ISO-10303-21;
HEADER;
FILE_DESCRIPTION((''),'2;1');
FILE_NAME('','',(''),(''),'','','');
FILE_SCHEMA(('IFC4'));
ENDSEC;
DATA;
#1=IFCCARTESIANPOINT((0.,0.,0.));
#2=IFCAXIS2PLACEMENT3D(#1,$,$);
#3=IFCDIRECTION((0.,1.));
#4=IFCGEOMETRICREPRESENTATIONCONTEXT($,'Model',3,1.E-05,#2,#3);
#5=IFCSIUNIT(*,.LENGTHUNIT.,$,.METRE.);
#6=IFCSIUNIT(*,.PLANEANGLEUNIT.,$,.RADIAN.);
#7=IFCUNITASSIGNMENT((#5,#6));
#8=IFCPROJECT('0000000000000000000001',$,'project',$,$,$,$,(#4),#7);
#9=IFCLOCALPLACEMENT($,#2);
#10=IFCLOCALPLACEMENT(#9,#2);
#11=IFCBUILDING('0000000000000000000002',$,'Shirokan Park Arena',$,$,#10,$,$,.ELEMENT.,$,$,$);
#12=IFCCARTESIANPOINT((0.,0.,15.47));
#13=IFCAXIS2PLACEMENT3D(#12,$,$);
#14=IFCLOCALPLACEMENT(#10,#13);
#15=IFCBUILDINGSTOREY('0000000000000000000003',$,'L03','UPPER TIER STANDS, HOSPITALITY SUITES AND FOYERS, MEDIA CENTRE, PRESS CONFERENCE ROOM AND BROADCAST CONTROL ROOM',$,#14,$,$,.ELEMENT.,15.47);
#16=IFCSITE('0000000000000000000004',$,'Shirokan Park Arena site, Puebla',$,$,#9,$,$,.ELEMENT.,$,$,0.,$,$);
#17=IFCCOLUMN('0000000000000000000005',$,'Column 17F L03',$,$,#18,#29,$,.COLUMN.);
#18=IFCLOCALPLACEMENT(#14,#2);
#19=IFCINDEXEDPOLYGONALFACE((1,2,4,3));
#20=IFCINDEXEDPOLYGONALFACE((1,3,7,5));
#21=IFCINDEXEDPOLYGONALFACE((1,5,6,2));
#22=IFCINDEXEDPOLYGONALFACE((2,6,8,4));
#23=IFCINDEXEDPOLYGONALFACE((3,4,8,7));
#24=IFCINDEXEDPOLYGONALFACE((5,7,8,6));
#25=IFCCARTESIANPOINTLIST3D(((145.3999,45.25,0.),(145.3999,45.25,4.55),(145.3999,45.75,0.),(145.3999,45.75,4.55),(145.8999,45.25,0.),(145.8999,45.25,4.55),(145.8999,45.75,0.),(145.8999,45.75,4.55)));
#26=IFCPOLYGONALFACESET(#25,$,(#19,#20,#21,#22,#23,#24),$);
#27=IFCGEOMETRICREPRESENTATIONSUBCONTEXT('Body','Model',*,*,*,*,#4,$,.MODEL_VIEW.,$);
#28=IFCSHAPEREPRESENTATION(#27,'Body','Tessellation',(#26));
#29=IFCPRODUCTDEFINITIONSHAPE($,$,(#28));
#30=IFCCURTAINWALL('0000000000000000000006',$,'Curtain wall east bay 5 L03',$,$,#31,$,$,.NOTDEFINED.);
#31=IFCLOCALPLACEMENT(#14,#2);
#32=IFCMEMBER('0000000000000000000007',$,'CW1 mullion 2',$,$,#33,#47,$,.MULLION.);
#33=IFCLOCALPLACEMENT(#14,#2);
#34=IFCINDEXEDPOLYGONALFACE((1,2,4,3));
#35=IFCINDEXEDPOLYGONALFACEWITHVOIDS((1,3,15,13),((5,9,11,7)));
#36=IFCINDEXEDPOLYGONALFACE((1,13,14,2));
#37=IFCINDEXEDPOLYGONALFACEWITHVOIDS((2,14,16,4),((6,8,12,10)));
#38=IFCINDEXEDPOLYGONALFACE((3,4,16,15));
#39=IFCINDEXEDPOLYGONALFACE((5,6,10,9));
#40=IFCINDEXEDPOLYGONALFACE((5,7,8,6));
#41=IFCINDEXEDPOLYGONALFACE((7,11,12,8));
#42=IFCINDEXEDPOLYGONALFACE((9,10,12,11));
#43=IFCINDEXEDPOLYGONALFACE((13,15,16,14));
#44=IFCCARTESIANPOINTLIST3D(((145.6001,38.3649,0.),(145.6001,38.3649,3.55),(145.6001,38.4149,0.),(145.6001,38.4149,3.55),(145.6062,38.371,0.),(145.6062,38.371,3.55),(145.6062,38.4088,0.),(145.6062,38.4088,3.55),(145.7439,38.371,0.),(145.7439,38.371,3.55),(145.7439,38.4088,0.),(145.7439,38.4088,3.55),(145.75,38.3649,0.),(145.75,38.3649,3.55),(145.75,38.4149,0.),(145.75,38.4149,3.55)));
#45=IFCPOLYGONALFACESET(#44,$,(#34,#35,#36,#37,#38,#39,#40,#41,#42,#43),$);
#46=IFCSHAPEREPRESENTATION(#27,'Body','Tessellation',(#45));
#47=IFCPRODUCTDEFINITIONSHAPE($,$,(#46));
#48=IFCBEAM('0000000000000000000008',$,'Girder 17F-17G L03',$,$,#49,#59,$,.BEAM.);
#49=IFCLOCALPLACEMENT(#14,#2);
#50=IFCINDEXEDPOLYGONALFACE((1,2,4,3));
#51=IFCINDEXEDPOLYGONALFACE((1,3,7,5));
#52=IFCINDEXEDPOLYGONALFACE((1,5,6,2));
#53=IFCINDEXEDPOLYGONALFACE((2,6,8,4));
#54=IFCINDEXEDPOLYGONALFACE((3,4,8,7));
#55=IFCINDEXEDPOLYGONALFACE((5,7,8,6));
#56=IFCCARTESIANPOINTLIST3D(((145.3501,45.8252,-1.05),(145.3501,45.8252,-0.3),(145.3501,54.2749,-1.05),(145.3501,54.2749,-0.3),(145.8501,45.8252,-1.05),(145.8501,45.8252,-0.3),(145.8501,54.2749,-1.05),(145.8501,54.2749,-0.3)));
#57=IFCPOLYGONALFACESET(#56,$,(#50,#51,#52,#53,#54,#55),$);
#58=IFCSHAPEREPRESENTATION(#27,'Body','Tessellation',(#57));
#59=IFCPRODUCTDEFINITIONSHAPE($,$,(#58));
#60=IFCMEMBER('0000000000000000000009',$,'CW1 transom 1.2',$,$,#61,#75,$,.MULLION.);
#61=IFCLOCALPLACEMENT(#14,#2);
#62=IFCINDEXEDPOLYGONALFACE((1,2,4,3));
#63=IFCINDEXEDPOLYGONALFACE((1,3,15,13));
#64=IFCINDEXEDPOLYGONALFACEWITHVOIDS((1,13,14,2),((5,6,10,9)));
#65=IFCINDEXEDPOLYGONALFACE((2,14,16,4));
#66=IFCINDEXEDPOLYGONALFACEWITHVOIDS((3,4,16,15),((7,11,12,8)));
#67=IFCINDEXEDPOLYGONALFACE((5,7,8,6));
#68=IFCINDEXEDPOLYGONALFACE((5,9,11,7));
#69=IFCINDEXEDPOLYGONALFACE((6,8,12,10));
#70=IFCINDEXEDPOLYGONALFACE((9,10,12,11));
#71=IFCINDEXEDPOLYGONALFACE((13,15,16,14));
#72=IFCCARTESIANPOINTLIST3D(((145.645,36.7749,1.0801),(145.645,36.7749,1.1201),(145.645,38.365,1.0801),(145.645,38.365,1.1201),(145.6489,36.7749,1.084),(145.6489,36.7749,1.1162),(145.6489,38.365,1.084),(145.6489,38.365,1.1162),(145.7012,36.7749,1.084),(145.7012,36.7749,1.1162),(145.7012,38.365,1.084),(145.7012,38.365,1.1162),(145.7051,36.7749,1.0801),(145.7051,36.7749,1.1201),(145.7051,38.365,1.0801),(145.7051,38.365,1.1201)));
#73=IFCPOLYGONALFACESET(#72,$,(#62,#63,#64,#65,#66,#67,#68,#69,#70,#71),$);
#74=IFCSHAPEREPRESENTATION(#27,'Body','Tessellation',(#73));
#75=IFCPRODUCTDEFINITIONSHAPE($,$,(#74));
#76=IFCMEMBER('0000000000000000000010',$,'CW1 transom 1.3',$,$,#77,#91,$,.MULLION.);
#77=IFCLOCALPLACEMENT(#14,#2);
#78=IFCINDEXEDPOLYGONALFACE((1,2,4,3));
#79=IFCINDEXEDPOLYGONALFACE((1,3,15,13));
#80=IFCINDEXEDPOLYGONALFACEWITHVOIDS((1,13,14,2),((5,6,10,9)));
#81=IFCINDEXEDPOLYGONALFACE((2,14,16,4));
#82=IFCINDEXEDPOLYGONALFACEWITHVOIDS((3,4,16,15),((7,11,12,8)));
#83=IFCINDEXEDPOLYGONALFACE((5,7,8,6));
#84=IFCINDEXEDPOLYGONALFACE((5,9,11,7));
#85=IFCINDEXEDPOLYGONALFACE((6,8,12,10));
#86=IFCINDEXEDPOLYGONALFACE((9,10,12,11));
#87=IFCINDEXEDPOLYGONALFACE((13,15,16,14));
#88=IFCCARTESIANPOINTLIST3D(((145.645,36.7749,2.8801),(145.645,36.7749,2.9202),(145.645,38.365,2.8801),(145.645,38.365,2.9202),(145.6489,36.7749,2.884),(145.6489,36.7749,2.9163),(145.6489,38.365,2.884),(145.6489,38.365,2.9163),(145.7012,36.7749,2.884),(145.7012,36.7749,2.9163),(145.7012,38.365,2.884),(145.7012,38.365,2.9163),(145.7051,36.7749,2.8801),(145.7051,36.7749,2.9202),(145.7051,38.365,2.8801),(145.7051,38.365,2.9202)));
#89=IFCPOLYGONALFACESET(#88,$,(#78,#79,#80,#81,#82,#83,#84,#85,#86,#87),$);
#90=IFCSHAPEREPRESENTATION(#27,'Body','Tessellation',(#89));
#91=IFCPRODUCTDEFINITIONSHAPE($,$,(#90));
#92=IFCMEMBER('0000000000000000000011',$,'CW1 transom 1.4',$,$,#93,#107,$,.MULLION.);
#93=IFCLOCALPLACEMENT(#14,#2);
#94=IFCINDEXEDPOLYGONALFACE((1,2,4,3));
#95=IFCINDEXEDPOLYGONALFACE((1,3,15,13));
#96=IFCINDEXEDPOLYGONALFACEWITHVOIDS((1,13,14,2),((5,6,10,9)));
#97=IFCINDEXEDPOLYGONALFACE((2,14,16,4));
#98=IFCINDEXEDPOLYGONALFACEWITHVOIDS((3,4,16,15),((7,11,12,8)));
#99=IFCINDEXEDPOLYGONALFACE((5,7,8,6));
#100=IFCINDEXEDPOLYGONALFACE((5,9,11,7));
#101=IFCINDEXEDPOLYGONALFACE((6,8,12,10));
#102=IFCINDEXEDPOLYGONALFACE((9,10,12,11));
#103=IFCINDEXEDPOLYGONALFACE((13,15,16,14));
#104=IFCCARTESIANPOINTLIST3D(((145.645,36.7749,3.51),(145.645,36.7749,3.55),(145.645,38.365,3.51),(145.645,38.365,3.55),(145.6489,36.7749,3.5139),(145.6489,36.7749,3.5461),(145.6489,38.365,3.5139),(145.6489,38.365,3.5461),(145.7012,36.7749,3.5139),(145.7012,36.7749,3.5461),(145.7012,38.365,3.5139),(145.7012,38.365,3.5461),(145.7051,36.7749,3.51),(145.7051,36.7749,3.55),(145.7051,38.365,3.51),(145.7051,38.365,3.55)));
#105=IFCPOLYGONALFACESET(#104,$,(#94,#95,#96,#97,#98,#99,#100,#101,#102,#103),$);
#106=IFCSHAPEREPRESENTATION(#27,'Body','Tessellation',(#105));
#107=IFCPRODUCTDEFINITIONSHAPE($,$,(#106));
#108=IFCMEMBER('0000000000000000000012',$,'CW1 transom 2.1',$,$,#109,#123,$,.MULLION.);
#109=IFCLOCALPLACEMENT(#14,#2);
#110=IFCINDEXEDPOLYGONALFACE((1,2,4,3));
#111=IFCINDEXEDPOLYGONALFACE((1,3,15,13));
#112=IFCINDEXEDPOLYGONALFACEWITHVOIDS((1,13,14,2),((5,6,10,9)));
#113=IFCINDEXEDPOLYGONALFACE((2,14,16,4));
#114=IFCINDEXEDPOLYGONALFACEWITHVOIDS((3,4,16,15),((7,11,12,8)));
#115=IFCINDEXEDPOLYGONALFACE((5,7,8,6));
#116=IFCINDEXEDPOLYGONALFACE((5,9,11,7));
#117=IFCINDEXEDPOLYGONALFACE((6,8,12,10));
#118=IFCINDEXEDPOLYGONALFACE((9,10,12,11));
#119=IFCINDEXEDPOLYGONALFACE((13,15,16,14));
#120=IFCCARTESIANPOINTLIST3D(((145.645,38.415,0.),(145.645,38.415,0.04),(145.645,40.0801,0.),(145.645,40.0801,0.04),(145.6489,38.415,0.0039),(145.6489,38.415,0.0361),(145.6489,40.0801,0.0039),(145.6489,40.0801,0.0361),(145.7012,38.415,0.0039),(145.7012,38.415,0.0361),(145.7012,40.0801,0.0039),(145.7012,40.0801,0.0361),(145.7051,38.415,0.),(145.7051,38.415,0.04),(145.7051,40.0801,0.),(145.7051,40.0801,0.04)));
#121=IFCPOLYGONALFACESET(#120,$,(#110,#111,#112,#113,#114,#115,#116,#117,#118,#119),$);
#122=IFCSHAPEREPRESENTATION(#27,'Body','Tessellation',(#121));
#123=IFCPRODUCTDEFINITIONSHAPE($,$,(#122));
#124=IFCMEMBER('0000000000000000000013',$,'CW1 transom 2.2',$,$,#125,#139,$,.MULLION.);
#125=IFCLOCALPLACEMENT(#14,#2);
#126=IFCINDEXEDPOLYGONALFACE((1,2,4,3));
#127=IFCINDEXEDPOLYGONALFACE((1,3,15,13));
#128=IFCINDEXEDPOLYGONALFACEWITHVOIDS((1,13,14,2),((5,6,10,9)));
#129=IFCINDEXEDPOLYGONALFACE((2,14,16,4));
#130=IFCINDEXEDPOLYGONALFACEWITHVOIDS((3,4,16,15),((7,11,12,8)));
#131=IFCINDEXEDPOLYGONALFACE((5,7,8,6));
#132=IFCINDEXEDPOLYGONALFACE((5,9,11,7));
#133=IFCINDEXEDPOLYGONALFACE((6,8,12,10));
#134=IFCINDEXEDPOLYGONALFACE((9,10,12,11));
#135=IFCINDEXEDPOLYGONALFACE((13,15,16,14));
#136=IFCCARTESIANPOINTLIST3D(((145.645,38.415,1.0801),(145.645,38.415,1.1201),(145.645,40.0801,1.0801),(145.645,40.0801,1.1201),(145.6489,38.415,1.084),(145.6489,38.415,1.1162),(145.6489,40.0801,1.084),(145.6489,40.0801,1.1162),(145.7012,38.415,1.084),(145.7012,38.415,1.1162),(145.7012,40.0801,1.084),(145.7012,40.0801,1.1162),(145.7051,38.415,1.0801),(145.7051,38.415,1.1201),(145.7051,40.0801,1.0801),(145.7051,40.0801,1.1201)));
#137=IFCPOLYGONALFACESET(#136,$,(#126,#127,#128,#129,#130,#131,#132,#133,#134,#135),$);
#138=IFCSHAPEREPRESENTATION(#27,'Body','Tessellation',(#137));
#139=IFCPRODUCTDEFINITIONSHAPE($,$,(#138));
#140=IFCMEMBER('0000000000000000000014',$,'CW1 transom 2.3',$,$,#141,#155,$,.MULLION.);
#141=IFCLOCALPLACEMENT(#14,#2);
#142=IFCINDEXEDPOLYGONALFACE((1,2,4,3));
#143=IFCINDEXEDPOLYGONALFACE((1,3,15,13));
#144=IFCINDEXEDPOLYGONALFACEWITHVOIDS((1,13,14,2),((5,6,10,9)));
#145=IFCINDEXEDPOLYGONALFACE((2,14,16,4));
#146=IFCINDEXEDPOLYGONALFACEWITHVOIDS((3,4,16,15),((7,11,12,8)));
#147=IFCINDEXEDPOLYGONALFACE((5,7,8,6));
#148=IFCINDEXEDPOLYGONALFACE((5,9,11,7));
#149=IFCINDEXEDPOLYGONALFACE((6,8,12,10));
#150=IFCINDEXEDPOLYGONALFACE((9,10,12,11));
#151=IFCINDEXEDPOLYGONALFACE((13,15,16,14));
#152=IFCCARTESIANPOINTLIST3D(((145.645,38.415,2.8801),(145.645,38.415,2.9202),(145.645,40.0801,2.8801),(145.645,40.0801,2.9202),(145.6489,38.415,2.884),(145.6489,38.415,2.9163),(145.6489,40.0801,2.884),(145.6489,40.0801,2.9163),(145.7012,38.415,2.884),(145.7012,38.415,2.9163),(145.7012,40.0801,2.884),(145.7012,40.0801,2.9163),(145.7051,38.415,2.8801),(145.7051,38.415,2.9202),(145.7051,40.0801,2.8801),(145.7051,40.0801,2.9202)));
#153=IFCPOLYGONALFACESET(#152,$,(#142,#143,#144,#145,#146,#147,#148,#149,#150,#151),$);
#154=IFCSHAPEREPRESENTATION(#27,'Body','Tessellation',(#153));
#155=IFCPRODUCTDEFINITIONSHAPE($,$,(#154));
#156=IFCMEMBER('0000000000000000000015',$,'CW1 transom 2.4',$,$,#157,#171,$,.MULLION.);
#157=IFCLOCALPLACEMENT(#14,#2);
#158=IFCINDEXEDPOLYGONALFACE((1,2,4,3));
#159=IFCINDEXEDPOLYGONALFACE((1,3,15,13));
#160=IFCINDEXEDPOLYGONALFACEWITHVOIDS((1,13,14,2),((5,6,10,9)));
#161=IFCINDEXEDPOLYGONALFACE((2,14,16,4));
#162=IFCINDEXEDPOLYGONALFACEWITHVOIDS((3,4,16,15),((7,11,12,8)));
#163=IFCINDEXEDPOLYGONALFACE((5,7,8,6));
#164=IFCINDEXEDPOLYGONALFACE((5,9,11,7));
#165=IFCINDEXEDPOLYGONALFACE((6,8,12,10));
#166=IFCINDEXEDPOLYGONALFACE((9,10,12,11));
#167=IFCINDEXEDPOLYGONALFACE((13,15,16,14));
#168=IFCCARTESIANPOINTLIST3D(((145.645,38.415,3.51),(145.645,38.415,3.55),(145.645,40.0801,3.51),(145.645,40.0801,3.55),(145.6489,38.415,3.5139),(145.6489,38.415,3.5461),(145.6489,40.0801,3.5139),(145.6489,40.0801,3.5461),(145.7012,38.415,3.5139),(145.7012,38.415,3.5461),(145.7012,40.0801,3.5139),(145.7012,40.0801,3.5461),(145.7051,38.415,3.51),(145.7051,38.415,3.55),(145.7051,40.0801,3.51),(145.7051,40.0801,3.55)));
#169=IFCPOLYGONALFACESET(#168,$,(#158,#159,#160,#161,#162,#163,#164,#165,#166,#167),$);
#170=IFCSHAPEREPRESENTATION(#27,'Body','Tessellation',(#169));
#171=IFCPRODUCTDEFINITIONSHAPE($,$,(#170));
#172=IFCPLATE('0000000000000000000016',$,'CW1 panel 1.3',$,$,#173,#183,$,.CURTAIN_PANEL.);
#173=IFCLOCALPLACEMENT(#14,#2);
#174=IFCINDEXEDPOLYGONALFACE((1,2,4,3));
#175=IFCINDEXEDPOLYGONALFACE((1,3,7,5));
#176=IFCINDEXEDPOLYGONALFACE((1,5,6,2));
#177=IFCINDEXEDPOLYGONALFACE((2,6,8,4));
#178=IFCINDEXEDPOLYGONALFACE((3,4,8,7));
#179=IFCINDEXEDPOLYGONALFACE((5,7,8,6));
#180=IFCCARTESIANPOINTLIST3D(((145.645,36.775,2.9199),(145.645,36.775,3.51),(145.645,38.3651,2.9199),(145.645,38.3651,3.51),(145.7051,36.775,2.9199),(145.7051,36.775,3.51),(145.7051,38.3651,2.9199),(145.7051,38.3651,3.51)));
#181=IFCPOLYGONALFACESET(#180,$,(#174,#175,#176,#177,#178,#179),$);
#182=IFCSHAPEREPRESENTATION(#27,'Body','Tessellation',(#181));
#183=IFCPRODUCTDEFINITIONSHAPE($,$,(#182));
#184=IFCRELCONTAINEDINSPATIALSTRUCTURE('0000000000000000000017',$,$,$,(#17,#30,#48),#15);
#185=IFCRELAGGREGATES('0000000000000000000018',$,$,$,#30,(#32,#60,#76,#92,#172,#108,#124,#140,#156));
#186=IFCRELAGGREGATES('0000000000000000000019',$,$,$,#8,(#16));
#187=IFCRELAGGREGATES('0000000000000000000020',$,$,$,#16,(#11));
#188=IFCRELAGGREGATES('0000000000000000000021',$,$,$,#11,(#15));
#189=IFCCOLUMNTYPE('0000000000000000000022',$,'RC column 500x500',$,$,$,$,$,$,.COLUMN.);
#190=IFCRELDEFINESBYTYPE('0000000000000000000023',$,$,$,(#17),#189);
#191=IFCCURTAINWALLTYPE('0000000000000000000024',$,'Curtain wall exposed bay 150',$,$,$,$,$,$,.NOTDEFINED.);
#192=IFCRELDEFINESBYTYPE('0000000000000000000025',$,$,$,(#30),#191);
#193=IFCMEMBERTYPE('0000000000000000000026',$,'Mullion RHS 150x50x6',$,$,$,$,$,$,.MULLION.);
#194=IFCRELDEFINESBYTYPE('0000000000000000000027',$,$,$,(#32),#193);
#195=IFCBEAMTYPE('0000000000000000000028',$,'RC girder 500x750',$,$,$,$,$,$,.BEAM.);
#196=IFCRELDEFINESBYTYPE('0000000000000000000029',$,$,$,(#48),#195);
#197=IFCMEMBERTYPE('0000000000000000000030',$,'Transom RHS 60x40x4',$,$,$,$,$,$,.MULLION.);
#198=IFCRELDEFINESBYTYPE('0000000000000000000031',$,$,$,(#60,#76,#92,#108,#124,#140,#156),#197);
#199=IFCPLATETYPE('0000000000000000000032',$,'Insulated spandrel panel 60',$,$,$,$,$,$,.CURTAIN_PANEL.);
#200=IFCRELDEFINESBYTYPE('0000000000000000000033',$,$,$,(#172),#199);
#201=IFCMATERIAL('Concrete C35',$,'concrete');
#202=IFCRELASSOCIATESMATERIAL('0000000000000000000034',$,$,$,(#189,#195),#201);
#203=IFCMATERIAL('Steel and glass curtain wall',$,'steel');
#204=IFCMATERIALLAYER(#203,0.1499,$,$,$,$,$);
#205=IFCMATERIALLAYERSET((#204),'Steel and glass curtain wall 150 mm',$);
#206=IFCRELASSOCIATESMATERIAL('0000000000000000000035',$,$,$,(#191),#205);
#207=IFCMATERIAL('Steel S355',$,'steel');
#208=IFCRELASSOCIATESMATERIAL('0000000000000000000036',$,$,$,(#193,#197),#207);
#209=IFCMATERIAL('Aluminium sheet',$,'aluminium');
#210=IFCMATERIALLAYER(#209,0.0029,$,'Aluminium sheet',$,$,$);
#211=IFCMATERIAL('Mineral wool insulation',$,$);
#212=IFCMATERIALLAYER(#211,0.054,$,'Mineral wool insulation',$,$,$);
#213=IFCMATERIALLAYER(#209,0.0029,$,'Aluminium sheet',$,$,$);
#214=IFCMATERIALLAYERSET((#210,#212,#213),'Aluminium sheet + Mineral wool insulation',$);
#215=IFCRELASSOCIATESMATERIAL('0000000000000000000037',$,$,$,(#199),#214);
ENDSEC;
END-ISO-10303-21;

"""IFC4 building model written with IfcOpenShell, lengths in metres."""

from ifc_helpers import new_model, si_unit, direction, frame, origin, origin_2d, place, context, subcontext, project, spatial, rectangle, hollow_rectangle, extrude, material, layer, layer_set, material_profile, profile_set, type_object, element, aggregate, save


model = new_model("IFC4")

# Units and contexts
model_context = context("Model", 3, precision=1e-05, world=origin(), true_north=direction((0.0, 1.0)))
body_context = subcontext(model_context, "Body", "Model", "MODEL_VIEW")
ifc_project = project(units=[si_unit("LENGTHUNIT", "METRE"), si_unit("PLANEANGLEUNIT", "RADIAN")], contexts=[model_context])

# Site, building, storey
site_placement = place(None, origin())
site = spatial("IfcSite", under=ifc_project, at=site_placement, Name="Shirokan Park Arena site, Puebla", CompositionType="ELEMENT", RefElevation=0.0)
building_placement = place(site_placement, origin())
building = spatial("IfcBuilding", under=site, at=building_placement, Name="Shirokan Park Arena", CompositionType="ELEMENT")
storey_placement = place(building_placement, frame((0.0, 0.0, 15.47)))
storey = spatial("IfcBuildingStorey", under=building, at=storey_placement, Name="L03", Description="UPPER TIER STANDS, HOSPITALITY SUITES AND FOYERS, MEDIA CENTRE, PRESS CONFERENCE ROOM AND BROADCAST CONTROL ROOM", CompositionType="ELEMENT", Elevation=15.47)

# Column
ifc_material_1 = material(Name="Concrete C35", Category="concrete")
ifc_material_profile_1 = material_profile(ifc_material_1, rectangle(XDim=0.5, YDim=0.5, at=origin_2d()), Name="500x500")
ifc_profile_set_1 = profile_set([ifc_material_profile_1], Name="Concrete C35")
column_type = type_object("IfcColumnType", Name="RC column 500x500", PredefinedType="COLUMN", material=ifc_profile_set_1)
column_placement = place(storey_placement, frame((145.6499, 45.5, 0.0), z_axis=(0.0, 0.0, 1.0), x_axis=(1.0, 0.0, 0.0)))
element("IfcColumn", 1, at=column_placement, inside=storey, type_object=column_type, Name="Column 17F L03", PredefinedType="COLUMN", context=body_context, shape_type="SweptSolid", body=[
    extrude(rectangle(XDim=0.5, YDim=0.5, at=origin_2d()), origin(), (0.0, 0.0, 1.0), 4.55),
])

# Curtain wall, member
ifc_material_2 = material(Name="Steel and glass curtain wall", Category="steel")
ifc_layer_1 = layer(ifc_material_2, 0.1499)
ifc_layer_set_1 = layer_set([ifc_layer_1], Name="Steel and glass curtain wall 150 mm")
curtain_wall_type = type_object("IfcCurtainWallType", Name="Curtain wall exposed bay 150", PredefinedType="NOTDEFINED", material=ifc_layer_set_1)
curtain_wall_placement = place(storey_placement, origin())
curtain_wall = element("IfcCurtainWall", 2, at=curtain_wall_placement, inside=storey, type_object=curtain_wall_type, Name="Curtain wall east bay 5 L03", PredefinedType="NOTDEFINED")
ifc_material_3 = material(Name="Steel S355", Category="steel")
ifc_material_profile_2 = material_profile(ifc_material_3, hollow_rectangle(XDim=0.1499, YDim=0.05, WallThickness=0.0061, at=origin_2d()), Name="RHS 150x50x6")
ifc_profile_set_2 = profile_set([ifc_material_profile_2], Name="Steel S355")
member_type_1 = type_object("IfcMemberType", Name="Mullion RHS 150x50x6", PredefinedType="MULLION", material=ifc_profile_set_2)
member_1_placement = place(storey_placement, frame((145.675, 38.3899, 0.0), z_axis=(0.0, 0.0, 1.0), x_axis=(-1.0, 0.0, 0.0)))
member_1 = element("IfcMember", 3, at=member_1_placement, type_object=member_type_1, Name="CW1 mullion 2", PredefinedType="MULLION", context=body_context, shape_type="SweptSolid", body=[
    extrude(hollow_rectangle(XDim=0.1499, YDim=0.05, WallThickness=0.0061, at=origin_2d()), origin(), (0.0, 0.0, 1.0), 3.55),
])

# Beam
ifc_material_profile_3 = material_profile(ifc_material_1, rectangle(XDim=0.5, YDim=0.75, at=origin_2d()), Name="500x750")
ifc_profile_set_3 = profile_set([ifc_material_profile_3], Name="Concrete C35")
beam_type = type_object("IfcBeamType", Name="RC girder 500x750", PredefinedType="BEAM", material=ifc_profile_set_3)
beam_placement = place(storey_placement, frame((145.6001, 45.8252, -0.675), z_axis=(0.0, 1.0, 0.0), x_axis=(-1.0, 0.0, 0.0)))
element("IfcBeam", 4, at=beam_placement, inside=storey, type_object=beam_type, Name="Girder 17F-17G L03", PredefinedType="BEAM", context=body_context, shape_type="SweptSolid", body=[
    extrude(rectangle(XDim=0.5, YDim=0.75, at=origin_2d()), origin(), (0.0, 0.0, 1.0), 8.4497),
])

# Members
ifc_material_profile_4 = material_profile(ifc_material_3, hollow_rectangle(XDim=0.0601, YDim=0.04, WallThickness=0.0039, at=origin_2d()), Name="RHS 60x40x4")
ifc_profile_set_4 = profile_set([ifc_material_profile_4], Name="Steel S355")
member_type_2 = type_object("IfcMemberType", Name="Transom RHS 60x40x4", PredefinedType="MULLION", material=ifc_profile_set_4)
member_2_placement = place(storey_placement, frame((145.675, 36.7749, 1.1001), z_axis=(0.0, 1.0, 0.0), x_axis=(-1.0, 0.0, 0.0)))
member_2 = element("IfcMember", 5, at=member_2_placement, type_object=member_type_2, Name="CW1 transom 1.2", PredefinedType="MULLION", context=body_context, shape_type="SweptSolid", body=[
    extrude(hollow_rectangle(XDim=0.0601, YDim=0.04, WallThickness=0.0039, at=origin_2d()), origin(), (0.0, 0.0, 1.0), 1.5901),
])
member_3_placement = place(storey_placement, frame((145.675, 36.7749, 2.9001), z_axis=(0.0, 1.0, 0.0), x_axis=(-1.0, 0.0, 0.0)))
member_3 = element("IfcMember", 6, at=member_3_placement, type_object=member_type_2, Name="CW1 transom 1.3", PredefinedType="MULLION", context=body_context, shape_type="SweptSolid", body=[
    extrude(hollow_rectangle(XDim=0.0601, YDim=0.04, WallThickness=0.0039, at=origin_2d()), origin(), (0.0, 0.0, 1.0), 1.5901),
])
member_4_placement = place(storey_placement, frame((145.675, 36.7749, 3.53), z_axis=(0.0, 1.0, 0.0), x_axis=(-1.0, 0.0, 0.0)))
member_4 = element("IfcMember", 7, at=member_4_placement, type_object=member_type_2, Name="CW1 transom 1.4", PredefinedType="MULLION", context=body_context, shape_type="SweptSolid", body=[
    extrude(hollow_rectangle(XDim=0.0601, YDim=0.04, WallThickness=0.0039, at=origin_2d()), origin(), (0.0, 0.0, 1.0), 1.5901),
])
member_5_placement = place(storey_placement, frame((145.675, 38.415, 0.02), z_axis=(0.0, 1.0, 0.0), x_axis=(-1.0, 0.0, 0.0)))
member_5 = element("IfcMember", 8, at=member_5_placement, type_object=member_type_2, Name="CW1 transom 2.1", PredefinedType="MULLION", context=body_context, shape_type="SweptSolid", body=[
    extrude(hollow_rectangle(XDim=0.0601, YDim=0.04, WallThickness=0.0039, at=origin_2d()), origin(), (0.0, 0.0, 1.0), 1.665),
])
member_6_placement = place(storey_placement, frame((145.675, 38.415, 1.1001), z_axis=(0.0, 1.0, 0.0), x_axis=(-1.0, 0.0, 0.0)))
member_6 = element("IfcMember", 9, at=member_6_placement, type_object=member_type_2, Name="CW1 transom 2.2", PredefinedType="MULLION", context=body_context, shape_type="SweptSolid", body=[
    extrude(hollow_rectangle(XDim=0.0601, YDim=0.04, WallThickness=0.0039, at=origin_2d()), origin(), (0.0, 0.0, 1.0), 1.665),
])
member_7_placement = place(storey_placement, frame((145.675, 38.415, 2.9001), z_axis=(0.0, 1.0, 0.0), x_axis=(-1.0, 0.0, 0.0)))
member_7 = element("IfcMember", 10, at=member_7_placement, type_object=member_type_2, Name="CW1 transom 2.3", PredefinedType="MULLION", context=body_context, shape_type="SweptSolid", body=[
    extrude(hollow_rectangle(XDim=0.0601, YDim=0.04, WallThickness=0.0039, at=origin_2d()), origin(), (0.0, 0.0, 1.0), 1.665),
])
member_8_placement = place(storey_placement, frame((145.675, 38.415, 3.53), z_axis=(0.0, 1.0, 0.0), x_axis=(-1.0, 0.0, 0.0)))
member_8 = element("IfcMember", 11, at=member_8_placement, type_object=member_type_2, Name="CW1 transom 2.4", PredefinedType="MULLION", context=body_context, shape_type="SweptSolid", body=[
    extrude(hollow_rectangle(XDim=0.0601, YDim=0.04, WallThickness=0.0039, at=origin_2d()), origin(), (0.0, 0.0, 1.0), 1.665),
])

# Plate
ifc_material_4 = material(Name="Aluminium sheet", Category="aluminium")
ifc_layer_2 = layer(ifc_material_4, 0.0029, Name="Aluminium sheet")
ifc_material_5 = material(Name="Mineral wool insulation")
ifc_layer_3 = layer(ifc_material_5, 0.054, Name="Mineral wool insulation")
ifc_layer_4 = layer(ifc_material_4, 0.0029, Name="Aluminium sheet")
ifc_layer_set_2 = layer_set([ifc_layer_2, ifc_layer_3, ifc_layer_4], Name="Aluminium sheet + Mineral wool insulation")
plate_type_1 = type_object("IfcPlateType", Name="Insulated spandrel panel 60", PredefinedType="CURTAIN_PANEL", material=ifc_layer_set_2)
plate_1_placement = place(storey_placement, frame((145.675, 37.5701, 2.9199), z_axis=(0.0, 0.0, 1.0), x_axis=(0.0, 1.0, 0.0)))
plate_1 = element("IfcPlate", 12, at=plate_1_placement, type_object=plate_type_1, Name="CW1 panel 1.3", PredefinedType="CURTAIN_PANEL", context=body_context, shape_type="SweptSolid", body=[
    extrude(rectangle(XDim=1.5901, YDim=0.0601, at=origin_2d()), origin(), (0.0, 0.0, 1.0), 0.5901),
])
aggregate(curtain_wall, [member_1, member_2, member_3, member_4, plate_1, member_5, member_6, member_7, member_8])

save(model, "model.ifc")
